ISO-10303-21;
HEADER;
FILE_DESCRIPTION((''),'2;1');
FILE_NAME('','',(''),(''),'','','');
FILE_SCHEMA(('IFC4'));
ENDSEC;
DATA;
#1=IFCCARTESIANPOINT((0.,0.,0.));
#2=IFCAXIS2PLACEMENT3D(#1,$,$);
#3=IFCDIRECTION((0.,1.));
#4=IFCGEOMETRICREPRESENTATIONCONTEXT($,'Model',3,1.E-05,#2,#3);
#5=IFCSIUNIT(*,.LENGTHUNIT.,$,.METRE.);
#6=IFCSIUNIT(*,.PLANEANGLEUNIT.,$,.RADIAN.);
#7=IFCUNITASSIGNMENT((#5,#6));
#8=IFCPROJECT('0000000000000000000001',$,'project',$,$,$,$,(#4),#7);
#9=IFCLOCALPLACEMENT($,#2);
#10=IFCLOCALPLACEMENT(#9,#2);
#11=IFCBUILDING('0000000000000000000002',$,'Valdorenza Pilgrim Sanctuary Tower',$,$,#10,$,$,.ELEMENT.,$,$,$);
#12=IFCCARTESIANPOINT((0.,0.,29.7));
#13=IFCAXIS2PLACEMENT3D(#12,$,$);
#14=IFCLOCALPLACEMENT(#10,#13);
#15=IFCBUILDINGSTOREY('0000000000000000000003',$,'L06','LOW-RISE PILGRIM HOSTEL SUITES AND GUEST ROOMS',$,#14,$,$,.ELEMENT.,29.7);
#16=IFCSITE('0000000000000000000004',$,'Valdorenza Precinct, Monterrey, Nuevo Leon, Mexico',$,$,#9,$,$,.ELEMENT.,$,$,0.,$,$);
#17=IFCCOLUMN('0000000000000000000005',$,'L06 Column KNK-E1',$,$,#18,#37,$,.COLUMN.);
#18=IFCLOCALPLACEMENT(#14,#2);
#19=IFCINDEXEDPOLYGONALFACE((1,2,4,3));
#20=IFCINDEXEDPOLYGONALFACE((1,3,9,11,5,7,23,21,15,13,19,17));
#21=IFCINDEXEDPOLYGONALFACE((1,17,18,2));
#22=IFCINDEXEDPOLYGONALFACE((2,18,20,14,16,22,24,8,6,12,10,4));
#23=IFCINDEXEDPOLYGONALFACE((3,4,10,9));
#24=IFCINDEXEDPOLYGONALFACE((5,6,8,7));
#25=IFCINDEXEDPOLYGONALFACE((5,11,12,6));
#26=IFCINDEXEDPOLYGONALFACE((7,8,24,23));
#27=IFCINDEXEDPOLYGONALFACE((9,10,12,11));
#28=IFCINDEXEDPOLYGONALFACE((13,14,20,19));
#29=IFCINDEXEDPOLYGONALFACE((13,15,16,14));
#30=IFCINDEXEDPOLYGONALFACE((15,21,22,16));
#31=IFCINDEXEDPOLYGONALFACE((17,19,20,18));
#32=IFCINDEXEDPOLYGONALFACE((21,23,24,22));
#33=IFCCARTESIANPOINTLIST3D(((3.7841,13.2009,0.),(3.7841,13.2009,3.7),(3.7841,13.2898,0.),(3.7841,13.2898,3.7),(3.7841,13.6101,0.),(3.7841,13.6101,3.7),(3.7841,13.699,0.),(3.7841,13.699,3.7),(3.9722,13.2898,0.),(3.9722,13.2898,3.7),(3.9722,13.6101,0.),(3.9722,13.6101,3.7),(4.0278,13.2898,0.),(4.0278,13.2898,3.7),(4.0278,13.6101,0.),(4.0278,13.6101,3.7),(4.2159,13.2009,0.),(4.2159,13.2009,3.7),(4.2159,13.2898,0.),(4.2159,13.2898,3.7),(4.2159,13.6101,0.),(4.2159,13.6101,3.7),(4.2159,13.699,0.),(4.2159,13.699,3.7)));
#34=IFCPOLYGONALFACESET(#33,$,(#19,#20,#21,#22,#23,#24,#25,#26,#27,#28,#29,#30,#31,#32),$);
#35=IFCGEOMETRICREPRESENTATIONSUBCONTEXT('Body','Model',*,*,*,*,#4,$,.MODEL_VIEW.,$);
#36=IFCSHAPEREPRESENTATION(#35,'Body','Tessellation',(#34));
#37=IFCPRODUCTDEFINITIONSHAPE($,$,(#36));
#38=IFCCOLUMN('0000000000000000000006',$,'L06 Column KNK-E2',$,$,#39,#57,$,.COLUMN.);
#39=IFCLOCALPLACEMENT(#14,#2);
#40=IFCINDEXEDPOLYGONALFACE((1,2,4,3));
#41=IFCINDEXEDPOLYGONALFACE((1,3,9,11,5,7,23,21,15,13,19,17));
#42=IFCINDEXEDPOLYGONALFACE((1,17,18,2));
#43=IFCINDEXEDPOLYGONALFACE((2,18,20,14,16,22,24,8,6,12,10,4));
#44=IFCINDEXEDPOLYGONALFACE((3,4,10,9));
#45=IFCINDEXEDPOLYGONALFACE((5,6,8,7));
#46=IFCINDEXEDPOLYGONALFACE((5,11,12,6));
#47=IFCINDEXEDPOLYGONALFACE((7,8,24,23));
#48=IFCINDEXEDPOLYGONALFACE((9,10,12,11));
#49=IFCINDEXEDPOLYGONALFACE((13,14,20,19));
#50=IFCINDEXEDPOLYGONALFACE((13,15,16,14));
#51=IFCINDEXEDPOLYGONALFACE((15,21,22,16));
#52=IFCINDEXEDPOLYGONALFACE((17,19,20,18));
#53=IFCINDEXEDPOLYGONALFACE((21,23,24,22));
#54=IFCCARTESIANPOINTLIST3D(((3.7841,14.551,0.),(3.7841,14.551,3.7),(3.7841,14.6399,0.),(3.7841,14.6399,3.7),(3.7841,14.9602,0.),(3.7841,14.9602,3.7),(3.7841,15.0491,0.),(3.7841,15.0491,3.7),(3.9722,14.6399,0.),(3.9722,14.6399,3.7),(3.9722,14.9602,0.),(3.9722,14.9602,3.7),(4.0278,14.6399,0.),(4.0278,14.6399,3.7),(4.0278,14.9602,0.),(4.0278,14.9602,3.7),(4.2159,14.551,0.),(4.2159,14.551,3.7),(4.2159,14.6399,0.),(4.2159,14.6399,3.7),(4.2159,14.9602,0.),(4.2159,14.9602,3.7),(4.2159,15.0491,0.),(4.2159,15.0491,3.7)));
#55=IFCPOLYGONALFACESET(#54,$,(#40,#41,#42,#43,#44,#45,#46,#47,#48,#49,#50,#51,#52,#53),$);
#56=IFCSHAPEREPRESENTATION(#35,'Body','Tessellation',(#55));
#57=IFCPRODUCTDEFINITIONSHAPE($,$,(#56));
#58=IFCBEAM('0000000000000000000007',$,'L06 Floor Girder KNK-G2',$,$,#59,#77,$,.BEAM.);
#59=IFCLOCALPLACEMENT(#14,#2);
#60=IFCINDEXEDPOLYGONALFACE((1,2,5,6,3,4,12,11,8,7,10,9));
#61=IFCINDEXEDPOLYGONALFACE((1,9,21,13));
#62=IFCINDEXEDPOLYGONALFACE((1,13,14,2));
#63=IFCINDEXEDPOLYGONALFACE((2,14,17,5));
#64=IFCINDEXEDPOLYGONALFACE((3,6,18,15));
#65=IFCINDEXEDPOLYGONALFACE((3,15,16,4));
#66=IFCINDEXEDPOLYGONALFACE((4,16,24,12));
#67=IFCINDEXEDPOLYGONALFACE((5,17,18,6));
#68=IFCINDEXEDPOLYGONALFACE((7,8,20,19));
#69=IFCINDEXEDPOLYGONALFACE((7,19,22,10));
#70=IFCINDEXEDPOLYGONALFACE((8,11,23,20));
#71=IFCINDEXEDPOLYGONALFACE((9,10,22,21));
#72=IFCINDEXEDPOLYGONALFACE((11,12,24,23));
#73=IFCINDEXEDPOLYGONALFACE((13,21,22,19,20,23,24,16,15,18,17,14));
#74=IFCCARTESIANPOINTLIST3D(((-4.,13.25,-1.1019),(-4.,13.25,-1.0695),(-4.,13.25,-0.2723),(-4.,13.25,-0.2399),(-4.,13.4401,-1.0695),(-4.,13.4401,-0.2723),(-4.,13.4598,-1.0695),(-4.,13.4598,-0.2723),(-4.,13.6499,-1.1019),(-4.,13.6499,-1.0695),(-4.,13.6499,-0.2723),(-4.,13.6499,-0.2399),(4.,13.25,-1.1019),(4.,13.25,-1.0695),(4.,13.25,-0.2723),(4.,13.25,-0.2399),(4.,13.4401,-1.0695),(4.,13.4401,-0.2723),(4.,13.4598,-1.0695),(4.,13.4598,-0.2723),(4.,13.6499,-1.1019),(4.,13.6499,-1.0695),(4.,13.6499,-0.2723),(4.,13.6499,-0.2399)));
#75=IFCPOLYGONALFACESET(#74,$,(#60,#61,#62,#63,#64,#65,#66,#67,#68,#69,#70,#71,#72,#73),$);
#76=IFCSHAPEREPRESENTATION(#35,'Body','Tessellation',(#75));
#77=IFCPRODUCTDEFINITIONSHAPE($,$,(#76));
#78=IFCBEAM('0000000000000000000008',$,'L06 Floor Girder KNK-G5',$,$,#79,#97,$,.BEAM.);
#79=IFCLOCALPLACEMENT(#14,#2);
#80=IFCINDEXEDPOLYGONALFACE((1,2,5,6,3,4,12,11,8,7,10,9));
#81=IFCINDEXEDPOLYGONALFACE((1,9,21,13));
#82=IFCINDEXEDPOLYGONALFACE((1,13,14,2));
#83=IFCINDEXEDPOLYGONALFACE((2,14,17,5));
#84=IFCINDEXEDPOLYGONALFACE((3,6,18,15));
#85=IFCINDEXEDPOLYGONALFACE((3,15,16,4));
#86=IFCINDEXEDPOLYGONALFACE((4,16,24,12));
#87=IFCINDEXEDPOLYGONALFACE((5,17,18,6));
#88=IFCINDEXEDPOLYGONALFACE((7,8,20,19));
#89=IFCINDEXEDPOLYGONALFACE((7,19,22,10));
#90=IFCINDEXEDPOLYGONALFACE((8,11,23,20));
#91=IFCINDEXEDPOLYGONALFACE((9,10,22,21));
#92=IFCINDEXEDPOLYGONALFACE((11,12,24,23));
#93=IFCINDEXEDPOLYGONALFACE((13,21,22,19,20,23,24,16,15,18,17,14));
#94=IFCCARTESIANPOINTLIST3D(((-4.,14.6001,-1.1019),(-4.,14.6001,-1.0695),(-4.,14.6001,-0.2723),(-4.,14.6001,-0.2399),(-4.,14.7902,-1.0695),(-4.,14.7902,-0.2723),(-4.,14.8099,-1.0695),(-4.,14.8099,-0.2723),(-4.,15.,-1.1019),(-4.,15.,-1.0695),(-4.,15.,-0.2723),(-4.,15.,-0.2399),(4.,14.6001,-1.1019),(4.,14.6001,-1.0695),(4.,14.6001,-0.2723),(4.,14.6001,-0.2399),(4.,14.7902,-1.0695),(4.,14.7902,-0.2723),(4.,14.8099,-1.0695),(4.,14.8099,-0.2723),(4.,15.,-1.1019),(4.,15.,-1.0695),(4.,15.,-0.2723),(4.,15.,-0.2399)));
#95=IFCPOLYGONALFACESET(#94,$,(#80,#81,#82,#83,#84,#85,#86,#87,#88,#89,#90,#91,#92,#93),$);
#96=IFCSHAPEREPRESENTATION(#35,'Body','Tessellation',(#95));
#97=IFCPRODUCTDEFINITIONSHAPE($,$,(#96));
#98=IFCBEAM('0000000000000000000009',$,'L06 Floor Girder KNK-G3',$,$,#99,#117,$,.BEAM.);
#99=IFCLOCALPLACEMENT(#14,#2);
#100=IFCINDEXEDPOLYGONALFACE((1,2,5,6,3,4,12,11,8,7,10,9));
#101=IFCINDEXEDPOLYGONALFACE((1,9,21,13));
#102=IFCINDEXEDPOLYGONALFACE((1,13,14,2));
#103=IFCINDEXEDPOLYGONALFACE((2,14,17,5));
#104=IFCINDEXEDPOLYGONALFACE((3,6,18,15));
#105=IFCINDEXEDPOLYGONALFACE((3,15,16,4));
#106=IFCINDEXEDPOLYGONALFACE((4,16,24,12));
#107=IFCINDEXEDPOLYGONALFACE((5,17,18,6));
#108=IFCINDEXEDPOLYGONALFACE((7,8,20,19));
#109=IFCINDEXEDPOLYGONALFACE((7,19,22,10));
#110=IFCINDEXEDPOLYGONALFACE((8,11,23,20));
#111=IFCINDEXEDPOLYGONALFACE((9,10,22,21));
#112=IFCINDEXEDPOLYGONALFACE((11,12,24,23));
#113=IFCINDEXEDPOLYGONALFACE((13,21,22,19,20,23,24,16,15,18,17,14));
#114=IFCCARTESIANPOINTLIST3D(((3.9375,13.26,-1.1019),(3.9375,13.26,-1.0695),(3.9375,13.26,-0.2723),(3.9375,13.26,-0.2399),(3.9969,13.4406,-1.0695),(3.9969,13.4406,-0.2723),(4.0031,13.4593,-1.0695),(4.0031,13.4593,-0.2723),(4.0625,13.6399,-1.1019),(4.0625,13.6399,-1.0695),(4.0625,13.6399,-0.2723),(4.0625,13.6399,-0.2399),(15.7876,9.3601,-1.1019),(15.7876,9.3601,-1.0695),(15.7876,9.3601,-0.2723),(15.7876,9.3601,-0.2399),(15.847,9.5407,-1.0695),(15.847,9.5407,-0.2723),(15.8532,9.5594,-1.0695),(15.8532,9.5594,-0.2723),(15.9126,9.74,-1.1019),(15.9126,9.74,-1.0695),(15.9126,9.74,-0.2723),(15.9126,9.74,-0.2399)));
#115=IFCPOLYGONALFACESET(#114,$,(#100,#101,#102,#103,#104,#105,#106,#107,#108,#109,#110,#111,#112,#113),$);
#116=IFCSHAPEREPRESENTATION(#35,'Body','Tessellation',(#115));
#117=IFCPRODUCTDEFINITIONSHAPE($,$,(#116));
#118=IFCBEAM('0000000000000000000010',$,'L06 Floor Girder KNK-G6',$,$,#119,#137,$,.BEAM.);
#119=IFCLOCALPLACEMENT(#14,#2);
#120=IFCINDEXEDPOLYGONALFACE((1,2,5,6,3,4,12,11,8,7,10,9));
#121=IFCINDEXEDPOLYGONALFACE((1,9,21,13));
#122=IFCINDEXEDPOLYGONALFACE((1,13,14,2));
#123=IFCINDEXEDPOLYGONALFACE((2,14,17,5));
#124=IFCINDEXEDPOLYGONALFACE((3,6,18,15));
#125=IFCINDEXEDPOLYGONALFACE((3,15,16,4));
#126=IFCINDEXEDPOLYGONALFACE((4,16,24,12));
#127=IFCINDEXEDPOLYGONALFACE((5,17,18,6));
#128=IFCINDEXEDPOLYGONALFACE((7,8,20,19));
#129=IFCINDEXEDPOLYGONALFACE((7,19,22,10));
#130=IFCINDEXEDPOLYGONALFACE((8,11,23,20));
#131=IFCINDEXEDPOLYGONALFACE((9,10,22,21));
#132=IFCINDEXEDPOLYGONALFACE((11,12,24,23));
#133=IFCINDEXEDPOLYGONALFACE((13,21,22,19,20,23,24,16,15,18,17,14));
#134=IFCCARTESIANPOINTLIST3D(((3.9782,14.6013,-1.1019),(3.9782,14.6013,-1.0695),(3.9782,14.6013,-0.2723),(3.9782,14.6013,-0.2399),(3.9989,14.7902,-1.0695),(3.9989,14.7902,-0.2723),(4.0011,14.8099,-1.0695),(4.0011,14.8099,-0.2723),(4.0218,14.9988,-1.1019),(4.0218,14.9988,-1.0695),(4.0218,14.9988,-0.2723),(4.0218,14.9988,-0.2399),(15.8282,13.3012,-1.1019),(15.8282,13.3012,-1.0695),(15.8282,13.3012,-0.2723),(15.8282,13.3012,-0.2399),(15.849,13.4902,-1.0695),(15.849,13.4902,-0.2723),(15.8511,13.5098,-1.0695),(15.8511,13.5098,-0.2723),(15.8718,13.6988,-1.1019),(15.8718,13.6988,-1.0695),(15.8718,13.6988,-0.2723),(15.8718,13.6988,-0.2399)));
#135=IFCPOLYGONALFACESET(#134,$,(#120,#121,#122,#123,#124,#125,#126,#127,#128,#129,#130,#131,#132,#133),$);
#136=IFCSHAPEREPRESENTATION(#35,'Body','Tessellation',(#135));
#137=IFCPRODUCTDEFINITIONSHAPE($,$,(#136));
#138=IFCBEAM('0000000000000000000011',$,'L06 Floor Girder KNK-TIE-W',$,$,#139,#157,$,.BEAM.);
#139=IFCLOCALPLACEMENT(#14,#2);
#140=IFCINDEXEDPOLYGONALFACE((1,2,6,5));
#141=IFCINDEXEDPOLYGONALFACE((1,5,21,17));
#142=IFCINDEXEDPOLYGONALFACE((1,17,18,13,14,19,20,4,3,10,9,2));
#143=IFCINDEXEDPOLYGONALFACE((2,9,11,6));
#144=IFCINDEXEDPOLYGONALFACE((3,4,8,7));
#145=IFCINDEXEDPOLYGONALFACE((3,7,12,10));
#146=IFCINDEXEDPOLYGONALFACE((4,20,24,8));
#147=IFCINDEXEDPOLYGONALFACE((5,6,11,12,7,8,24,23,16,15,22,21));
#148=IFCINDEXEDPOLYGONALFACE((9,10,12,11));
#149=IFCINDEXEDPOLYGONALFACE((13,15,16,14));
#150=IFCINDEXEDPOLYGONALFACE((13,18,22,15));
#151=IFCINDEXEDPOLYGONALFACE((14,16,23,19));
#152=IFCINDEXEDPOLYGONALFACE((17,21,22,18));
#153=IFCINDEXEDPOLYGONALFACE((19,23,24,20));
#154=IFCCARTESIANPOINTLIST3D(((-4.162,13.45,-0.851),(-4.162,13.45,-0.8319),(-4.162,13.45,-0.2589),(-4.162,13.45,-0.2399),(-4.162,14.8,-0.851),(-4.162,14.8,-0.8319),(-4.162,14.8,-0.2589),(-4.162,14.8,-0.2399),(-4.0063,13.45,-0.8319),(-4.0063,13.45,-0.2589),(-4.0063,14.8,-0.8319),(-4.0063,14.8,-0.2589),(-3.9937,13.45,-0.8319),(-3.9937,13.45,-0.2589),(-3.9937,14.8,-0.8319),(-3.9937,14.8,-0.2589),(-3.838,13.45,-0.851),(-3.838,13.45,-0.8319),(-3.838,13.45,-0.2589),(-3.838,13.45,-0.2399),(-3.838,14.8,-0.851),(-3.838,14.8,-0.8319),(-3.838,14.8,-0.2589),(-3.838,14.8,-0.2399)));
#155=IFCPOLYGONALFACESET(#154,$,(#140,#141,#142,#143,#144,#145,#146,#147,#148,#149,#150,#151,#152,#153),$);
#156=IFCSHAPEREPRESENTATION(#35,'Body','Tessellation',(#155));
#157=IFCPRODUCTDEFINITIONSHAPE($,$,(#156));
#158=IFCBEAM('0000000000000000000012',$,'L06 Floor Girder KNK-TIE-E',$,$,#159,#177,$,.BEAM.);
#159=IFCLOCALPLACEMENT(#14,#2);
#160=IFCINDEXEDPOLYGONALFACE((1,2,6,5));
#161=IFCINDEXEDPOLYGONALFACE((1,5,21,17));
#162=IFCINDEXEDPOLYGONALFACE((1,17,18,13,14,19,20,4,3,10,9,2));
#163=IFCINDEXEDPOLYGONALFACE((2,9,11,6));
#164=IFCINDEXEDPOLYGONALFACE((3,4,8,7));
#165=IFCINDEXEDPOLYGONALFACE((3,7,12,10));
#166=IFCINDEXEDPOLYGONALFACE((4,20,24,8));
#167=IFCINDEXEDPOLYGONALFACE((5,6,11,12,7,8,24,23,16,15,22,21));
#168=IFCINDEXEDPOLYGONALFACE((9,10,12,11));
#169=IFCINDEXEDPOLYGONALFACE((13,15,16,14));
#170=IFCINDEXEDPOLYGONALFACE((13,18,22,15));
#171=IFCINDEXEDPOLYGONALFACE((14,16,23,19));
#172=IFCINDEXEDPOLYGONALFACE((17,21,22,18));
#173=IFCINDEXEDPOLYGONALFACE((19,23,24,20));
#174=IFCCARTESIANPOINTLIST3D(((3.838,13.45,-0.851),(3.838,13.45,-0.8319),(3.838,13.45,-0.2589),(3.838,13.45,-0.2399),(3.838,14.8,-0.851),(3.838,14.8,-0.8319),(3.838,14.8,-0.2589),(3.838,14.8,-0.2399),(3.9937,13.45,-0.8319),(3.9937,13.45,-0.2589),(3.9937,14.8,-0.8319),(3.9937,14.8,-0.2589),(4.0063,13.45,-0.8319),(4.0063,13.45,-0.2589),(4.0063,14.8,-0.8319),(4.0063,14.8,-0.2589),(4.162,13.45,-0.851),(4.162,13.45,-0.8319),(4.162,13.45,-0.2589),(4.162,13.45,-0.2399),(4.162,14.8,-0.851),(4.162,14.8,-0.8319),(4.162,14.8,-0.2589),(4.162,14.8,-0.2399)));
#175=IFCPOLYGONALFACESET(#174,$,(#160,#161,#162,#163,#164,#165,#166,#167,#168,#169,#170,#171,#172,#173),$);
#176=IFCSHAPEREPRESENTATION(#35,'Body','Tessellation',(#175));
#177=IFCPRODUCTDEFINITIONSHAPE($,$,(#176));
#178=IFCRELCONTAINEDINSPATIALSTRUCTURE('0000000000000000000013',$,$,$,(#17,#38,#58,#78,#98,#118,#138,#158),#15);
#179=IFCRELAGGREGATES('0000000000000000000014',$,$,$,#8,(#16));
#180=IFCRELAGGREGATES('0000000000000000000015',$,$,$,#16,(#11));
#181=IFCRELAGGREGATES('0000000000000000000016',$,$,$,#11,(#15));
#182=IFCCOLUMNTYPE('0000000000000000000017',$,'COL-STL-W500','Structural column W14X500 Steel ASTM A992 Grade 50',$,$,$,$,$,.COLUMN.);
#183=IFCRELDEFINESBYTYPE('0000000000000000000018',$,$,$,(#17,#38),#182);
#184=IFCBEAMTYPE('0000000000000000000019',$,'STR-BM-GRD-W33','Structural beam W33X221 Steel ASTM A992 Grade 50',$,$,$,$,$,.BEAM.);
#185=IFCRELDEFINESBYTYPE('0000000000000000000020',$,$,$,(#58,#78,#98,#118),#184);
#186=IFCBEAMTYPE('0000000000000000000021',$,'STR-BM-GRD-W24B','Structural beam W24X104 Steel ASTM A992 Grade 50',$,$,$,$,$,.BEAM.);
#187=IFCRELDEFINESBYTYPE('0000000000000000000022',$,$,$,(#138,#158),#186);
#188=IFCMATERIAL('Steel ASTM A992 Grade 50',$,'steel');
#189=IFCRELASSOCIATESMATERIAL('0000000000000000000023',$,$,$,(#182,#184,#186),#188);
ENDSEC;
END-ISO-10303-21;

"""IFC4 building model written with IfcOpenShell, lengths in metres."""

from ifc_helpers import new_model, si_unit, direction, frame, origin, origin_2d, place, context, subcontext, project, spatial, i_section, extrude, source, transform, mapped, material, material_profile, profile_set, type_object, element, save


model = new_model("IFC4")

# Units and contexts
model_context = context("Model", 3, precision=1e-05, world=origin(), true_north=direction((0.0, 1.0)))
body_context = subcontext(model_context, "Body", "Model", "MODEL_VIEW")
ifc_project = project(units=[si_unit("LENGTHUNIT", "METRE"), si_unit("PLANEANGLEUNIT", "RADIAN")], contexts=[model_context])

# Site, building, storey
site_placement = place(None, origin())
site = spatial("IfcSite", under=ifc_project, at=site_placement, Name="Valdorenza Precinct, Monterrey, Nuevo Leon, Mexico", CompositionType="ELEMENT", RefElevation=0.0)
building_placement = place(site_placement, origin())
building = spatial("IfcBuilding", under=site, at=building_placement, Name="Valdorenza Pilgrim Sanctuary Tower", CompositionType="ELEMENT")
storey_placement = place(building_placement, frame((0.0, 0.0, 29.7)))
storey = spatial("IfcBuildingStorey", under=building, at=storey_placement, Name="L06", Description="LOW-RISE PILGRIM HOSTEL SUITES AND GUEST ROOMS", CompositionType="ELEMENT", Elevation=29.7)

# Columns
ifc_material_1 = material(Name="Steel ASTM A992 Grade 50", Category="steel")
ifc_material_profile_1 = material_profile(ifc_material_1, i_section(OverallWidth=0.4319, OverallDepth=0.498, WebThickness=0.0557, FlangeThickness=0.0889, at=origin_2d()), Name="W14X500")
ifc_profile_set_1 = profile_set([ifc_material_profile_1], Name="Steel ASTM A992 Grade 50")
column_type = type_object("IfcColumnType", Name="COL-STL-W500", Description="Structural column W14X500 Steel ASTM A992 Grade 50", PredefinedType="COLUMN", material=ifc_profile_set_1)
shared_shape_1 = source(origin(), body_context, "Body", "SweptSolid", [
    extrude(i_section(OverallWidth=0.4319, OverallDepth=0.498, WebThickness=0.0557, FlangeThickness=0.0889, at=origin_2d()), origin(), (0.0, 0.0, 1.0), 3.7),
])
for number, where, z_axis, x_axis, name in (
    (1, (4.0, 13.45, 0.0), (0.0, 0.0, 1.0), (1.0, 0.0, 0.0), "L06 Column KNK-E1"),
    (2, (4.0, 14.8, 0.0), (0.0, 0.0, 1.0), (1.0, 0.0, 0.0), "L06 Column KNK-E2"),
):
    element("IfcColumn", number, at=place(storey_placement, frame(where, z_axis=z_axis, x_axis=x_axis)), inside=storey, type_object=column_type, Name=name, PredefinedType="COLUMN", context=body_context, shape_type="MappedRepresentation", body=[
        mapped(shared_shape_1, transform((0.0, 0.0, 0.0), x_axis=(1.0, 0.0, 0.0), y_axis=(0.0, 1.0, 0.0), z_axis=(0.0, 0.0, 1.0), scale=1.0)),
    ])

# Beams
ifc_material_profile_2 = material_profile(ifc_material_1, i_section(OverallWidth=0.3999, OverallDepth=0.8621, WebThickness=0.0198, FlangeThickness=0.0325, at=origin_2d()), Name="W33X221")
ifc_profile_set_2 = profile_set([ifc_material_profile_2], Name="Steel ASTM A992 Grade 50")
beam_type_1 = type_object("IfcBeamType", Name="STR-BM-GRD-W33", Description="Structural beam W33X221 Steel ASTM A992 Grade 50", PredefinedType="BEAM", material=ifc_profile_set_2)
shared_shape_2 = source(origin(), body_context, "Body", "SweptSolid", [
    extrude(i_section(OverallWidth=0.3999, OverallDepth=0.8621, WebThickness=0.0198, FlangeThickness=0.0325, at=origin_2d()), origin(), (0.0, 0.0, 1.0), 8.0),
])
for number, where, z_axis, x_axis, name in (
    (3, (-4.0, 13.45, -0.6709), (1.0, 0.0, 0.0), (0.0, 1.0, 0.0), "L06 Floor Girder KNK-G2"),
    (4, (-4.0, 14.8, -0.6709), (1.0, 0.0, 0.0), (0.0, 1.0, 0.0), "L06 Floor Girder KNK-G5"),
):
    element("IfcBeam", number, at=place(storey_placement, frame(where, z_axis=z_axis, x_axis=x_axis)), inside=storey, type_object=beam_type_1, Name=name, PredefinedType="BEAM", context=body_context, shape_type="MappedRepresentation", body=[
        mapped(shared_shape_2, transform((0.0, 0.0, 0.0), x_axis=(1.0, 0.0, 0.0), y_axis=(0.0, 1.0, 0.0), z_axis=(0.0, 0.0, 1.0), scale=1.0)),
    ])
shared_shape_3 = source(origin(), body_context, "Body", "SweptSolid", [
    extrude(i_section(OverallWidth=0.3999, OverallDepth=0.8621, WebThickness=0.0198, FlangeThickness=0.0325, at=origin_2d()), origin(), (0.0, 0.0, 1.0), 12.4753),
])
beam_1_placement = place(storey_placement, frame((4.0, 13.45, -0.6709), z_axis=(0.949882, -0.312609, 0.0), x_axis=(0.312609, 0.949882, 0.0)))
element("IfcBeam", 5, at=beam_1_placement, inside=storey, type_object=beam_type_1, Name="L06 Floor Girder KNK-G3", PredefinedType="BEAM", context=body_context, shape_type="MappedRepresentation", body=[
    mapped(shared_shape_3, transform((0.0, 0.0, 0.0), x_axis=(1.0, 0.0, 0.0), y_axis=(0.0, 1.0, 0.0), z_axis=(0.0, 0.0, 1.0), scale=1.0)),
])
shared_shape_4 = source(origin(), body_context, "Body", "SweptSolid", [
    extrude(i_section(OverallWidth=0.3999, OverallDepth=0.8621, WebThickness=0.0198, FlangeThickness=0.0325, at=origin_2d()), origin(), (0.0, 0.0, 1.0), 11.9211),
])
beam_2_placement = place(storey_placement, frame((4.0, 14.8, -0.6709), z_axis=(0.994036, -0.109054, 0.0), x_axis=(0.109054, 0.994036, 0.0)))
element("IfcBeam", 6, at=beam_2_placement, inside=storey, type_object=beam_type_1, Name="L06 Floor Girder KNK-G6", PredefinedType="BEAM", context=body_context, shape_type="MappedRepresentation", body=[
    mapped(shared_shape_4, transform((0.0, 0.0, 0.0), x_axis=(1.0, 0.0, 0.0), y_axis=(0.0, 1.0, 0.0), z_axis=(0.0, 0.0, 1.0), scale=1.0)),
])
ifc_material_profile_3 = material_profile(ifc_material_1, i_section(OverallWidth=0.324, OverallDepth=0.6111, WebThickness=0.0127, FlangeThickness=0.019, at=origin_2d()), Name="W24X104")
ifc_profile_set_3 = profile_set([ifc_material_profile_3], Name="Steel ASTM A992 Grade 50")
beam_type_2 = type_object("IfcBeamType", Name="STR-BM-GRD-W24B", Description="Structural beam W24X104 Steel ASTM A992 Grade 50", PredefinedType="BEAM", material=ifc_profile_set_3)
shared_shape_5 = source(origin(), body_context, "Body", "SweptSolid", [
    extrude(i_section(OverallWidth=0.324, OverallDepth=0.6111, WebThickness=0.0127, FlangeThickness=0.019, at=origin_2d()), origin(), (0.0, 0.0, 1.0), 1.3501),
])
for number, where, z_axis, x_axis, name in (
    (7, (-4.0, 13.45, -0.5454), (0.0, 1.0, 0.0), (-1.0, 0.0, 0.0), "L06 Floor Girder KNK-TIE-W"),
    (8, (4.0, 13.45, -0.5454), (0.0, 1.0, 0.0), (-1.0, 0.0, 0.0), "L06 Floor Girder KNK-TIE-E"),
):
    element("IfcBeam", number, at=place(storey_placement, frame(where, z_axis=z_axis, x_axis=x_axis)), inside=storey, type_object=beam_type_2, Name=name, PredefinedType="BEAM", context=body_context, shape_type="MappedRepresentation", body=[
        mapped(shared_shape_5, transform((0.0, 0.0, 0.0), x_axis=(1.0, 0.0, 0.0), y_axis=(0.0, 1.0, 0.0), z_axis=(0.0, 0.0, 1.0), scale=1.0)),
    ])

save(model, "model.ifc")
